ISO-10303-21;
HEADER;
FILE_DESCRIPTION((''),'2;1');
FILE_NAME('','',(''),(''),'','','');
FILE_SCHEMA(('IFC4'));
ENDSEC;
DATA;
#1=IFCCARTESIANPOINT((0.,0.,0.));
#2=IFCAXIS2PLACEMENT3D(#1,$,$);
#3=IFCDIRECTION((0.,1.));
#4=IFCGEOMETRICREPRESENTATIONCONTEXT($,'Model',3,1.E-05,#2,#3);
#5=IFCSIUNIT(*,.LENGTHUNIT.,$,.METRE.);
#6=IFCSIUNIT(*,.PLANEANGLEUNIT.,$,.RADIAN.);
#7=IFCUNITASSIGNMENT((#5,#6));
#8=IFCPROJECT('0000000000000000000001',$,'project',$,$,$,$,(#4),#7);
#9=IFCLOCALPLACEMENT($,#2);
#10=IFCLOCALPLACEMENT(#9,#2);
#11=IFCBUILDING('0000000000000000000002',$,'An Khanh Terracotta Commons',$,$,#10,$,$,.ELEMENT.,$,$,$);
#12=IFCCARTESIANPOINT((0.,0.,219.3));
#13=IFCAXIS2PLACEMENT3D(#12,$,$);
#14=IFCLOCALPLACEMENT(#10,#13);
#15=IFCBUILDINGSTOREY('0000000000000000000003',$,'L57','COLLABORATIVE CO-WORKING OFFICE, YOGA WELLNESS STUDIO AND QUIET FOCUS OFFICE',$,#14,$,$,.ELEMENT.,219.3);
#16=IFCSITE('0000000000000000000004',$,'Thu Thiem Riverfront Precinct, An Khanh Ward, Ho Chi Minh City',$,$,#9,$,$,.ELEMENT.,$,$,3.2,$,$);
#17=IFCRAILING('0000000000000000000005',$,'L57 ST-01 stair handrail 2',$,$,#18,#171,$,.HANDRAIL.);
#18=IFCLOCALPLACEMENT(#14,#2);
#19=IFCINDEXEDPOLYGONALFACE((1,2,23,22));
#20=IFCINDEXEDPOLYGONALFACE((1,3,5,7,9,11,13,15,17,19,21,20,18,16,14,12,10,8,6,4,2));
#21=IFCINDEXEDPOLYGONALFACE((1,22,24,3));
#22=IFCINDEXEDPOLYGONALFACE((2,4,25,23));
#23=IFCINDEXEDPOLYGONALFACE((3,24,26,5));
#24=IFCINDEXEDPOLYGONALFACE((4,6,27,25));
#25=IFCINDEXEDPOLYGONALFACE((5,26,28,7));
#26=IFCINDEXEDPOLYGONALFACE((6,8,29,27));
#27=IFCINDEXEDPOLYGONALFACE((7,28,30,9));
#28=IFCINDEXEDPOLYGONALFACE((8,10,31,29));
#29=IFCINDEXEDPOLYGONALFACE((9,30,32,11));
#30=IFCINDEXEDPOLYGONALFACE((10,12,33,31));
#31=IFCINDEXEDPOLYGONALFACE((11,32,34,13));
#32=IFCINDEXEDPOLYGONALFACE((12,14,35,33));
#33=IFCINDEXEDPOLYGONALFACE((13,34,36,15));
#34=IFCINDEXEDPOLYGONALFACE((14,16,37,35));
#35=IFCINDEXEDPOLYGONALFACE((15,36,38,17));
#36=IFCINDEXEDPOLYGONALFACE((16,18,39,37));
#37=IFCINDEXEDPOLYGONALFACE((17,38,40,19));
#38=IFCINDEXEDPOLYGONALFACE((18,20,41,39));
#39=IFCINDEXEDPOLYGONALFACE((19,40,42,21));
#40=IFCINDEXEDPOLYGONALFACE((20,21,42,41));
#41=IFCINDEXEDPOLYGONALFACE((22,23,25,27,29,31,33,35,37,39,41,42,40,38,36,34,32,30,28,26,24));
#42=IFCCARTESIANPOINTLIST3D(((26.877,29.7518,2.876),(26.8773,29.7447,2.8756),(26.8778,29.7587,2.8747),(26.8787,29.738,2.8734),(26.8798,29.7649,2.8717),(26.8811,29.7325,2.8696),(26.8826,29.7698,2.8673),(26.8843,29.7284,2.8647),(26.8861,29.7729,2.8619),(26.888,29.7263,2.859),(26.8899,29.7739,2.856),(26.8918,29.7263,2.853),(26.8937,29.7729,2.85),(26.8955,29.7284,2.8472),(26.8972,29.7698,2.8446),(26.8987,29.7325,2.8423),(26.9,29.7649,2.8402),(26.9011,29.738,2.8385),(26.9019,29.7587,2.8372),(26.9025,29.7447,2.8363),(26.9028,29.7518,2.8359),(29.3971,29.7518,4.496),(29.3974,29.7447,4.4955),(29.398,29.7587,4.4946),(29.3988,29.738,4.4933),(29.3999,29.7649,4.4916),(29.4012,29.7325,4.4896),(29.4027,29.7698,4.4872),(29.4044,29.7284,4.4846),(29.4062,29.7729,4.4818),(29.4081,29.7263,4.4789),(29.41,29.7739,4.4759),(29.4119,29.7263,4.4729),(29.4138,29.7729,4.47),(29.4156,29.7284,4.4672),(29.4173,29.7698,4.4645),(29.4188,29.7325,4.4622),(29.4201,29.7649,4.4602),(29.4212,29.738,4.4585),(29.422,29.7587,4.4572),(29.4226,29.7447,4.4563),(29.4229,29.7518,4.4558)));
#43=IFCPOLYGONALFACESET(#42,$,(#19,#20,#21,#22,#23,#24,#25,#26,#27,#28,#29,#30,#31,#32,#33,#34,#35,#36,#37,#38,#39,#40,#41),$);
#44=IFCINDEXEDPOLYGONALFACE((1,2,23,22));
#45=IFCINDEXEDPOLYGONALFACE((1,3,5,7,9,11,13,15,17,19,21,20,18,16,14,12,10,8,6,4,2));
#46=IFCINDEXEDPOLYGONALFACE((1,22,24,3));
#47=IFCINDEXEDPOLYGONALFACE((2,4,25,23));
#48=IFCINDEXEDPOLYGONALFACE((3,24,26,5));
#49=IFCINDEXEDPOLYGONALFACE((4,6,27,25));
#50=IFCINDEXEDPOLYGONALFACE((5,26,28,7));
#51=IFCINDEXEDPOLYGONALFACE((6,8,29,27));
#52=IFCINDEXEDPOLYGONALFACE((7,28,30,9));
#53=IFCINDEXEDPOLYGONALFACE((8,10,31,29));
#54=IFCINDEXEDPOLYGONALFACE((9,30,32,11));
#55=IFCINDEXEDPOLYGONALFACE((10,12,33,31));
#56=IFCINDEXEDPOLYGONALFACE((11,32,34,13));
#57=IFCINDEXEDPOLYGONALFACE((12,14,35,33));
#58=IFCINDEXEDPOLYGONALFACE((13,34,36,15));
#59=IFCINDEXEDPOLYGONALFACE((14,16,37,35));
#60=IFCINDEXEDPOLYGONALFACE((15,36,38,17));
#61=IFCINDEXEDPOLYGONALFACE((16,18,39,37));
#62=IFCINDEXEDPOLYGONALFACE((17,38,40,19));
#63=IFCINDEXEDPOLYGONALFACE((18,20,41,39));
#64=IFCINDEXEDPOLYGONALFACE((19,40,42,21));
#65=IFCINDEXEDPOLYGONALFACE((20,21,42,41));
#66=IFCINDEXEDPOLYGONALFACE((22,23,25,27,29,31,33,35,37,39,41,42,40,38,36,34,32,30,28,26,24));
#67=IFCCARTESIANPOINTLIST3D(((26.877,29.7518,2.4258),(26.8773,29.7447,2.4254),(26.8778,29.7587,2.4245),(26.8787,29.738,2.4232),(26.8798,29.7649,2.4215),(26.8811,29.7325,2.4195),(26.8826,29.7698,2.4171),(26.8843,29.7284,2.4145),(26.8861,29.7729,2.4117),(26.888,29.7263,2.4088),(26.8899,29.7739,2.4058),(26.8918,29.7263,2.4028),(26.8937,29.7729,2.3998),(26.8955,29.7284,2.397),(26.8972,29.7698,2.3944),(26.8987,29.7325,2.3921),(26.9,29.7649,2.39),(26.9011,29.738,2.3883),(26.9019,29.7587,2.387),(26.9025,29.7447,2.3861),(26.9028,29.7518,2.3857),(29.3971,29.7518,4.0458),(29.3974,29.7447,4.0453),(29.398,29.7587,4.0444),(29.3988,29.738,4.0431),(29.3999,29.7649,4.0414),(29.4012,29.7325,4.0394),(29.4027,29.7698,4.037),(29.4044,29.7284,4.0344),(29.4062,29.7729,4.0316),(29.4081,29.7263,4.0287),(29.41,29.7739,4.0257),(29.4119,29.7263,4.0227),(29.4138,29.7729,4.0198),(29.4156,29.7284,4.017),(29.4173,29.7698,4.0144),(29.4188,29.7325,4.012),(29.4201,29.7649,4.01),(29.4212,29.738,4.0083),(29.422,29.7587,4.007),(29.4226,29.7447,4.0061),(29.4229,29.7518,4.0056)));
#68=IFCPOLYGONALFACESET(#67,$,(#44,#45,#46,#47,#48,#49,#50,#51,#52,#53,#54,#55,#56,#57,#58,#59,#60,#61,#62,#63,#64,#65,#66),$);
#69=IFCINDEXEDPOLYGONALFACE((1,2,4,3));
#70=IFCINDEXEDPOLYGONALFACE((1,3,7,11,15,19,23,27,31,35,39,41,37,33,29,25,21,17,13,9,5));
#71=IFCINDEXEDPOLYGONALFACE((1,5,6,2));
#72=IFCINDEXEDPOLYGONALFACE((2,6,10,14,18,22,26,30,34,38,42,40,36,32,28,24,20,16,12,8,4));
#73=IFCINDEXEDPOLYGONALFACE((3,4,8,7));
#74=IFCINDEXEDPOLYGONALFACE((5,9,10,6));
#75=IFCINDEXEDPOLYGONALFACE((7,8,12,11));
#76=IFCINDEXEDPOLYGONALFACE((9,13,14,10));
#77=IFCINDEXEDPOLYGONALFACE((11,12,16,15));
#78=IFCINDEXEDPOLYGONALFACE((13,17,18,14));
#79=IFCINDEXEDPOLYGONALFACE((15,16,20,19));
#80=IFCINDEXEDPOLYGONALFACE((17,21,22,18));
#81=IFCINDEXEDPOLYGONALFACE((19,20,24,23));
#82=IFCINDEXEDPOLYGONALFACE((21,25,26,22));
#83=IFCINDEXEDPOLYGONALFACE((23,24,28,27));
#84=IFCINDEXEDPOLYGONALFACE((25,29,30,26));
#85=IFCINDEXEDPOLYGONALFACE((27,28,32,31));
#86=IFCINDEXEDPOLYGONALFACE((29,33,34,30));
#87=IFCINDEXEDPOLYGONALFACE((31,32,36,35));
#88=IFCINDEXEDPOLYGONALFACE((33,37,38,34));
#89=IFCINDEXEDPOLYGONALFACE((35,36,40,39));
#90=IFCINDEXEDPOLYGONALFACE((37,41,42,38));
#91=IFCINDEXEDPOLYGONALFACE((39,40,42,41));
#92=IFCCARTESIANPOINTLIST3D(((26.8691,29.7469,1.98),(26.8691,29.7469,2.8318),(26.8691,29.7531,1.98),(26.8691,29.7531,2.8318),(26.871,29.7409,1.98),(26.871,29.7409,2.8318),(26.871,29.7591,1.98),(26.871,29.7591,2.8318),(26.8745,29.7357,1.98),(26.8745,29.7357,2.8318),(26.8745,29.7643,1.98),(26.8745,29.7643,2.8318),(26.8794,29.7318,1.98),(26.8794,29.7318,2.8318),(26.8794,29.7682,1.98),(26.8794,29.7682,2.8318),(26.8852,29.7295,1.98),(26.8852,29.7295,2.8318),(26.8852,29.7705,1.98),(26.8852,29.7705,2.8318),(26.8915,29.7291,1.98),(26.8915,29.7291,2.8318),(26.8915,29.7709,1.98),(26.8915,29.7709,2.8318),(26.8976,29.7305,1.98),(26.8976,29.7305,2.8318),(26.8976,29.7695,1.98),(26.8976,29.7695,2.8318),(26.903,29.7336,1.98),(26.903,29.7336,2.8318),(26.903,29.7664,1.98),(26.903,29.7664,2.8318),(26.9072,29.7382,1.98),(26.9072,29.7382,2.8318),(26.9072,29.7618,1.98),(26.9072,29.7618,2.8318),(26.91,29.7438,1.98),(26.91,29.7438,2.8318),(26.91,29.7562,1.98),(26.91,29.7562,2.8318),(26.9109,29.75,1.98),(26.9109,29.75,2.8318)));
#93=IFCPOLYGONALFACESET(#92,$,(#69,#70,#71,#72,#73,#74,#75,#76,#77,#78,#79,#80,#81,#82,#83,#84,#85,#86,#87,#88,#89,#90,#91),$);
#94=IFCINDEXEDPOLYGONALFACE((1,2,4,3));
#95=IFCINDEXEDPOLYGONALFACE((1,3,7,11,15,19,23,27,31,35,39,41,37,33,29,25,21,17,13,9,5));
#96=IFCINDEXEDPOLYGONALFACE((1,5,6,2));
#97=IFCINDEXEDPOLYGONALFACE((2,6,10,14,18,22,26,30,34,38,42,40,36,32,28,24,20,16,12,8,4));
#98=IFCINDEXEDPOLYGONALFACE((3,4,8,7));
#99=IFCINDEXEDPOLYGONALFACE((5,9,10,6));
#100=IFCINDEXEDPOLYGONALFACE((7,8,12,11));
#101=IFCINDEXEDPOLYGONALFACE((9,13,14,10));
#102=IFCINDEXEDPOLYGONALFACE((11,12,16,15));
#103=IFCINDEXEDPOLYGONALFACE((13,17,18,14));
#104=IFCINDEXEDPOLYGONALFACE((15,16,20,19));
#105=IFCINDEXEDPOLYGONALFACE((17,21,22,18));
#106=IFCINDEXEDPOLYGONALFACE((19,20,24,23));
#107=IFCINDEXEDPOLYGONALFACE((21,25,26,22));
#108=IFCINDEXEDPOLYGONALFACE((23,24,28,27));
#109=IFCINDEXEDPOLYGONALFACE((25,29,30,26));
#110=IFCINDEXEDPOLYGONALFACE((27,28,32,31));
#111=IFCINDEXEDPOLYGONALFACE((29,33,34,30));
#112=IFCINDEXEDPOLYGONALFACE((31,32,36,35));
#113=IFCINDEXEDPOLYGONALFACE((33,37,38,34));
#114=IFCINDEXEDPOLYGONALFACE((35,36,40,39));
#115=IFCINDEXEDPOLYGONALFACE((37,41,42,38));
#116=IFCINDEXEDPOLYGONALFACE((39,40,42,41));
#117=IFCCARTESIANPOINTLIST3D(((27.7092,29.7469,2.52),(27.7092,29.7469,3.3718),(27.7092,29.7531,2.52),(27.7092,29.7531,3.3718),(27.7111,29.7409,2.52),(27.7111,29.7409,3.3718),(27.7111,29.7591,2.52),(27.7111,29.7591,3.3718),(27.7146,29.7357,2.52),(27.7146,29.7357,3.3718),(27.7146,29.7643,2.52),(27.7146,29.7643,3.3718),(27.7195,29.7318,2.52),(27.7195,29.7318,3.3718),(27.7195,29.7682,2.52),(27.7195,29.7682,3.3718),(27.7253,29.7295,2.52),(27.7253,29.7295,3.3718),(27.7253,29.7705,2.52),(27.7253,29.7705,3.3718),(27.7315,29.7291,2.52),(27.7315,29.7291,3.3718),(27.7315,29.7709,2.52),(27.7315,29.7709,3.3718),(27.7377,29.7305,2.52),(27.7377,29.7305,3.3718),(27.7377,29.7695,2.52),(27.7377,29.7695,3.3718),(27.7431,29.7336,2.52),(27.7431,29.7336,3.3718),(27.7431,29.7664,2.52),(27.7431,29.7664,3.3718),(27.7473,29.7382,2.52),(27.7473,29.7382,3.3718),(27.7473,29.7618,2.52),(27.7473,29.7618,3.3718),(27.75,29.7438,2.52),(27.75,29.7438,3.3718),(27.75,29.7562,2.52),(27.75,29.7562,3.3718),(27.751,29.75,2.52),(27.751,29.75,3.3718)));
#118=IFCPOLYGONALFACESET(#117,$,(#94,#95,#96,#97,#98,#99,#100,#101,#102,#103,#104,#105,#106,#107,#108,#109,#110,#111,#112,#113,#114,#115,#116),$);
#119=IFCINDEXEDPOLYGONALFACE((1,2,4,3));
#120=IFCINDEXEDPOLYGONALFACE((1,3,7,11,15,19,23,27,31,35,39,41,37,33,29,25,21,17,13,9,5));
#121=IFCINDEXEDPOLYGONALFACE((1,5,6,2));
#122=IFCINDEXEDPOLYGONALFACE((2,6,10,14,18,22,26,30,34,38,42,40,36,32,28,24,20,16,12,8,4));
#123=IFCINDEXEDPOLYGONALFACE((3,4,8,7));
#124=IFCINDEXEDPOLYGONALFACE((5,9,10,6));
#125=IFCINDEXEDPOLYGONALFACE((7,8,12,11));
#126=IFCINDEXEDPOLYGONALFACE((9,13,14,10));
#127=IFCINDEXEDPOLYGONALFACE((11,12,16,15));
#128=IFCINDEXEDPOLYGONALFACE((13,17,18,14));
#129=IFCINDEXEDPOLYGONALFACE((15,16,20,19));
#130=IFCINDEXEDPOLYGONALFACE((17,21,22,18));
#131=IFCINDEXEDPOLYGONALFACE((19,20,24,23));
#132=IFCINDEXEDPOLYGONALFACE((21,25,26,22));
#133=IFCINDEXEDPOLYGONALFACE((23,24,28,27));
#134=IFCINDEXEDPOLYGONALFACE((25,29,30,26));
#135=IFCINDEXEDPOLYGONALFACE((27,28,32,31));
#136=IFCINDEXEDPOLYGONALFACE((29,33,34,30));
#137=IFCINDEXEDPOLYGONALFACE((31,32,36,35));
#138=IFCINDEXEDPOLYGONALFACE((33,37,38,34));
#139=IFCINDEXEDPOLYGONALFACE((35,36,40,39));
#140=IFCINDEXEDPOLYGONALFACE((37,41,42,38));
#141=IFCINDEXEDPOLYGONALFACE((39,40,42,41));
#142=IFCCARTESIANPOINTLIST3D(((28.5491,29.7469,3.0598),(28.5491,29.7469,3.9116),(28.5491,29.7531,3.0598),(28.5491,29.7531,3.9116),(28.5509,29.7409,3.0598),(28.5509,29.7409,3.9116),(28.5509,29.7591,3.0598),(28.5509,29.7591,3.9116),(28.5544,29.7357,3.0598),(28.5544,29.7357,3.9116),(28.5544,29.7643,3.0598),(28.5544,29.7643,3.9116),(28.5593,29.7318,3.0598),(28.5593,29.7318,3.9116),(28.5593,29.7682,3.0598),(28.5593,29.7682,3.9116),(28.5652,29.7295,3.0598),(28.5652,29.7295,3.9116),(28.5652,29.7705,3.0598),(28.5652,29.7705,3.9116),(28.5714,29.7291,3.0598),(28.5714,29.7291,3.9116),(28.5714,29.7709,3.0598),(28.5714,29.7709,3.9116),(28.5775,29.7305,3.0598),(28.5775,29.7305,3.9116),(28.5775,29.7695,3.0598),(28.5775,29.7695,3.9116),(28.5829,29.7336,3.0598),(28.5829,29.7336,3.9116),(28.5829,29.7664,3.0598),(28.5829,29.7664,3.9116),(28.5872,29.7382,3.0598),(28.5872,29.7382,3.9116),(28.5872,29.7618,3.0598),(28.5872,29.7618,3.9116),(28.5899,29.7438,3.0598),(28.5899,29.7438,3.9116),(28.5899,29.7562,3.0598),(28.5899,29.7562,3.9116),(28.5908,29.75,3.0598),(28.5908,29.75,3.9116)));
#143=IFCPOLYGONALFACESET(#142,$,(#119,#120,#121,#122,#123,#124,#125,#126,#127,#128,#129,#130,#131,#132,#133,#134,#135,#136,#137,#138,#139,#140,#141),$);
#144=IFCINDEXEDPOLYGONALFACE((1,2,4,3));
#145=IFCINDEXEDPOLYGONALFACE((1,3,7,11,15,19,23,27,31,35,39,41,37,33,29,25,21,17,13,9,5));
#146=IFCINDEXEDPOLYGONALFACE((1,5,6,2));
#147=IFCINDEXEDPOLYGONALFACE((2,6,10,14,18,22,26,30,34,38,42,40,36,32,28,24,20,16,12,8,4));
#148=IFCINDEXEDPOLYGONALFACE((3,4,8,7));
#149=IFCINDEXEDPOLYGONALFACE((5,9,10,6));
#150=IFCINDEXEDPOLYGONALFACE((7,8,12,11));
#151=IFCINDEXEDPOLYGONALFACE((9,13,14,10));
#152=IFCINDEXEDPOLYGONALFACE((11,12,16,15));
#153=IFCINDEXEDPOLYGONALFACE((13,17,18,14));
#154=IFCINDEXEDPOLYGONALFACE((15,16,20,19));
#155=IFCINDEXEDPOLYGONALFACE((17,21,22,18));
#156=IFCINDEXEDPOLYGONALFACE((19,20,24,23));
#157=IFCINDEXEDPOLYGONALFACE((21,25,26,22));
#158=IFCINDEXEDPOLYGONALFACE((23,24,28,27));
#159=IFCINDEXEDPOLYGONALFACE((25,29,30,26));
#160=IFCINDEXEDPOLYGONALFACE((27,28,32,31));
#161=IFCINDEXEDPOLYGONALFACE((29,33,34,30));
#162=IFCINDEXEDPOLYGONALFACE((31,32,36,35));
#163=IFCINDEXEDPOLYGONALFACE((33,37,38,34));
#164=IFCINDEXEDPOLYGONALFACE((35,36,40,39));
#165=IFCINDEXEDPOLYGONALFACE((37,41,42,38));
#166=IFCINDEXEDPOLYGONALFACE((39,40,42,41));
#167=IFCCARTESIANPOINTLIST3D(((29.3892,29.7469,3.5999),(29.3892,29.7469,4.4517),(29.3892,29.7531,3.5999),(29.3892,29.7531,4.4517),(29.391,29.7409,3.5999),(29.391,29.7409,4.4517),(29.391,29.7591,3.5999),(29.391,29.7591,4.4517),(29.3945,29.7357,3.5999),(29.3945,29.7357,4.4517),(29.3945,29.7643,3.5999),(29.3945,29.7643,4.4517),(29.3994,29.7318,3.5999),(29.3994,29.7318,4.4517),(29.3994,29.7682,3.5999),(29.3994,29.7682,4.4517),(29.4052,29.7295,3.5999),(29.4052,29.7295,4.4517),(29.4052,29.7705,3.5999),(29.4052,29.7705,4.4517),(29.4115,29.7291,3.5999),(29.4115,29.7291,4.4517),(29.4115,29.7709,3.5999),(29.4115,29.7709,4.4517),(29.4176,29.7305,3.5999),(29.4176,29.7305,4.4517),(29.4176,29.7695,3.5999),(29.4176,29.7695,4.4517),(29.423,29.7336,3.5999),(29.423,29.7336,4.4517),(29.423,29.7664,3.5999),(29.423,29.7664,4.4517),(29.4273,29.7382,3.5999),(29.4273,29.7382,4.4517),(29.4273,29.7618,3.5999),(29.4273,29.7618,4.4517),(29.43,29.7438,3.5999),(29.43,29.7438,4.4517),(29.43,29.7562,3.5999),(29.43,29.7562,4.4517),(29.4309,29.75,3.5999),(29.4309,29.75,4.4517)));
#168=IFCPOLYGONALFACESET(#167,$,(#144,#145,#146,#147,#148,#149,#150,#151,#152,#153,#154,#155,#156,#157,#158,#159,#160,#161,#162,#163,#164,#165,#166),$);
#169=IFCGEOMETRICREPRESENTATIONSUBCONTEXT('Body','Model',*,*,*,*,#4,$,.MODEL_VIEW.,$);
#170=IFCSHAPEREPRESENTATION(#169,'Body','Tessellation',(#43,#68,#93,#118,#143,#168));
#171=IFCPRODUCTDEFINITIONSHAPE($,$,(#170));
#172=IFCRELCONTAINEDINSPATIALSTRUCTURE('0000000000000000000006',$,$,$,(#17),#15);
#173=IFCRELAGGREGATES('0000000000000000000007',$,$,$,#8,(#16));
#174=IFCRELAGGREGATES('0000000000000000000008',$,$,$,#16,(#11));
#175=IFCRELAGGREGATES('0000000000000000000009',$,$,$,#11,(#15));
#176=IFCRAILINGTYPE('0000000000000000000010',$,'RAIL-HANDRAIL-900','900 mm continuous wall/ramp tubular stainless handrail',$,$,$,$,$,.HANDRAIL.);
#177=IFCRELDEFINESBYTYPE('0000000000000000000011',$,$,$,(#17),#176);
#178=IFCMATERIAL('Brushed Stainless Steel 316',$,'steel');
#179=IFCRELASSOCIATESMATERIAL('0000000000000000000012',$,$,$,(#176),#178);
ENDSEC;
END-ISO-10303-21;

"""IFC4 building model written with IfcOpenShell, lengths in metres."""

from ifc_helpers import new_model, si_unit, direction, frame, origin, origin_2d, place, context, subcontext, project, spatial, circle, extrude, material, type_object, element, save


model = new_model("IFC4")

# Units and contexts
model_context = context("Model", 3, precision=1e-05, world=origin(), true_north=direction((0.0, 1.0)))
body_context = subcontext(model_context, "Body", "Model", "MODEL_VIEW")
ifc_project = project(units=[si_unit("LENGTHUNIT", "METRE"), si_unit("PLANEANGLEUNIT", "RADIAN")], contexts=[model_context])

# Site, building, storey
site_placement = place(None, origin())
site = spatial("IfcSite", under=ifc_project, at=site_placement, Name="Thu Thiem Riverfront Precinct, An Khanh Ward, Ho Chi Minh City", CompositionType="ELEMENT", RefElevation=3.2)
building_placement = place(site_placement, origin())
building = spatial("IfcBuilding", under=site, at=building_placement, Name="An Khanh Terracotta Commons", CompositionType="ELEMENT")
storey_placement = place(building_placement, frame((0.0, 0.0, 219.3)))
storey = spatial("IfcBuildingStorey", under=building, at=storey_placement, Name="L57", Description="COLLABORATIVE CO-WORKING OFFICE, YOGA WELLNESS STUDIO AND QUIET FOCUS OFFICE", CompositionType="ELEMENT", Elevation=219.3)

# Railing
ifc_material_1 = material(Name="Brushed Stainless Steel 316", Category="steel")
railing_type_1 = type_object("IfcRailingType", Name="RAIL-HANDRAIL-900", Description="900 mm continuous wall/ramp tubular stainless handrail", PredefinedType="HANDRAIL", material=ifc_material_1)
railing_1_placement = place(storey_placement, frame((26.8899, 29.75, 1.98)))
element("IfcRailing", 1, at=railing_1_placement, inside=storey, type_object=railing_type_1, Name="L57 ST-01 stair handrail 2", PredefinedType="HANDRAIL", context=body_context, shape_type="SweptSolid", body=[
    extrude(circle(Radius=0.0239, at=origin_2d()), frame((0.0, 0.0, 0.876), z_axis=(0.8412, 0.0, 0.540725), x_axis=(0.0, 1.0, 0.0)), (0.0, 0.0, 1.0), 2.9958),
    extrude(circle(Radius=0.0239, at=origin_2d()), frame((0.0, 0.0, 0.4258), z_axis=(0.8412, 0.0, 0.540725), x_axis=(0.0, 1.0, 0.0)), (0.0, 0.0, 1.0), 2.9958),
    extrude(circle(Radius=0.021, at=origin_2d()), origin(), (0.0, 0.0, 1.0), 0.8518),
    extrude(circle(Radius=0.021, at=origin_2d()), frame((0.8401, 0.0, 0.54)), (0.0, 0.0, 1.0), 0.8518),
    extrude(circle(Radius=0.021, at=origin_2d()), frame((1.6799, 0.0, 1.0798)), (0.0, 0.0, 1.0), 0.8518),
    extrude(circle(Radius=0.021, at=origin_2d()), frame((2.52, 0.0, 1.6199)), (0.0, 0.0, 1.0), 0.8518),
])

save(model, "model.ifc")
